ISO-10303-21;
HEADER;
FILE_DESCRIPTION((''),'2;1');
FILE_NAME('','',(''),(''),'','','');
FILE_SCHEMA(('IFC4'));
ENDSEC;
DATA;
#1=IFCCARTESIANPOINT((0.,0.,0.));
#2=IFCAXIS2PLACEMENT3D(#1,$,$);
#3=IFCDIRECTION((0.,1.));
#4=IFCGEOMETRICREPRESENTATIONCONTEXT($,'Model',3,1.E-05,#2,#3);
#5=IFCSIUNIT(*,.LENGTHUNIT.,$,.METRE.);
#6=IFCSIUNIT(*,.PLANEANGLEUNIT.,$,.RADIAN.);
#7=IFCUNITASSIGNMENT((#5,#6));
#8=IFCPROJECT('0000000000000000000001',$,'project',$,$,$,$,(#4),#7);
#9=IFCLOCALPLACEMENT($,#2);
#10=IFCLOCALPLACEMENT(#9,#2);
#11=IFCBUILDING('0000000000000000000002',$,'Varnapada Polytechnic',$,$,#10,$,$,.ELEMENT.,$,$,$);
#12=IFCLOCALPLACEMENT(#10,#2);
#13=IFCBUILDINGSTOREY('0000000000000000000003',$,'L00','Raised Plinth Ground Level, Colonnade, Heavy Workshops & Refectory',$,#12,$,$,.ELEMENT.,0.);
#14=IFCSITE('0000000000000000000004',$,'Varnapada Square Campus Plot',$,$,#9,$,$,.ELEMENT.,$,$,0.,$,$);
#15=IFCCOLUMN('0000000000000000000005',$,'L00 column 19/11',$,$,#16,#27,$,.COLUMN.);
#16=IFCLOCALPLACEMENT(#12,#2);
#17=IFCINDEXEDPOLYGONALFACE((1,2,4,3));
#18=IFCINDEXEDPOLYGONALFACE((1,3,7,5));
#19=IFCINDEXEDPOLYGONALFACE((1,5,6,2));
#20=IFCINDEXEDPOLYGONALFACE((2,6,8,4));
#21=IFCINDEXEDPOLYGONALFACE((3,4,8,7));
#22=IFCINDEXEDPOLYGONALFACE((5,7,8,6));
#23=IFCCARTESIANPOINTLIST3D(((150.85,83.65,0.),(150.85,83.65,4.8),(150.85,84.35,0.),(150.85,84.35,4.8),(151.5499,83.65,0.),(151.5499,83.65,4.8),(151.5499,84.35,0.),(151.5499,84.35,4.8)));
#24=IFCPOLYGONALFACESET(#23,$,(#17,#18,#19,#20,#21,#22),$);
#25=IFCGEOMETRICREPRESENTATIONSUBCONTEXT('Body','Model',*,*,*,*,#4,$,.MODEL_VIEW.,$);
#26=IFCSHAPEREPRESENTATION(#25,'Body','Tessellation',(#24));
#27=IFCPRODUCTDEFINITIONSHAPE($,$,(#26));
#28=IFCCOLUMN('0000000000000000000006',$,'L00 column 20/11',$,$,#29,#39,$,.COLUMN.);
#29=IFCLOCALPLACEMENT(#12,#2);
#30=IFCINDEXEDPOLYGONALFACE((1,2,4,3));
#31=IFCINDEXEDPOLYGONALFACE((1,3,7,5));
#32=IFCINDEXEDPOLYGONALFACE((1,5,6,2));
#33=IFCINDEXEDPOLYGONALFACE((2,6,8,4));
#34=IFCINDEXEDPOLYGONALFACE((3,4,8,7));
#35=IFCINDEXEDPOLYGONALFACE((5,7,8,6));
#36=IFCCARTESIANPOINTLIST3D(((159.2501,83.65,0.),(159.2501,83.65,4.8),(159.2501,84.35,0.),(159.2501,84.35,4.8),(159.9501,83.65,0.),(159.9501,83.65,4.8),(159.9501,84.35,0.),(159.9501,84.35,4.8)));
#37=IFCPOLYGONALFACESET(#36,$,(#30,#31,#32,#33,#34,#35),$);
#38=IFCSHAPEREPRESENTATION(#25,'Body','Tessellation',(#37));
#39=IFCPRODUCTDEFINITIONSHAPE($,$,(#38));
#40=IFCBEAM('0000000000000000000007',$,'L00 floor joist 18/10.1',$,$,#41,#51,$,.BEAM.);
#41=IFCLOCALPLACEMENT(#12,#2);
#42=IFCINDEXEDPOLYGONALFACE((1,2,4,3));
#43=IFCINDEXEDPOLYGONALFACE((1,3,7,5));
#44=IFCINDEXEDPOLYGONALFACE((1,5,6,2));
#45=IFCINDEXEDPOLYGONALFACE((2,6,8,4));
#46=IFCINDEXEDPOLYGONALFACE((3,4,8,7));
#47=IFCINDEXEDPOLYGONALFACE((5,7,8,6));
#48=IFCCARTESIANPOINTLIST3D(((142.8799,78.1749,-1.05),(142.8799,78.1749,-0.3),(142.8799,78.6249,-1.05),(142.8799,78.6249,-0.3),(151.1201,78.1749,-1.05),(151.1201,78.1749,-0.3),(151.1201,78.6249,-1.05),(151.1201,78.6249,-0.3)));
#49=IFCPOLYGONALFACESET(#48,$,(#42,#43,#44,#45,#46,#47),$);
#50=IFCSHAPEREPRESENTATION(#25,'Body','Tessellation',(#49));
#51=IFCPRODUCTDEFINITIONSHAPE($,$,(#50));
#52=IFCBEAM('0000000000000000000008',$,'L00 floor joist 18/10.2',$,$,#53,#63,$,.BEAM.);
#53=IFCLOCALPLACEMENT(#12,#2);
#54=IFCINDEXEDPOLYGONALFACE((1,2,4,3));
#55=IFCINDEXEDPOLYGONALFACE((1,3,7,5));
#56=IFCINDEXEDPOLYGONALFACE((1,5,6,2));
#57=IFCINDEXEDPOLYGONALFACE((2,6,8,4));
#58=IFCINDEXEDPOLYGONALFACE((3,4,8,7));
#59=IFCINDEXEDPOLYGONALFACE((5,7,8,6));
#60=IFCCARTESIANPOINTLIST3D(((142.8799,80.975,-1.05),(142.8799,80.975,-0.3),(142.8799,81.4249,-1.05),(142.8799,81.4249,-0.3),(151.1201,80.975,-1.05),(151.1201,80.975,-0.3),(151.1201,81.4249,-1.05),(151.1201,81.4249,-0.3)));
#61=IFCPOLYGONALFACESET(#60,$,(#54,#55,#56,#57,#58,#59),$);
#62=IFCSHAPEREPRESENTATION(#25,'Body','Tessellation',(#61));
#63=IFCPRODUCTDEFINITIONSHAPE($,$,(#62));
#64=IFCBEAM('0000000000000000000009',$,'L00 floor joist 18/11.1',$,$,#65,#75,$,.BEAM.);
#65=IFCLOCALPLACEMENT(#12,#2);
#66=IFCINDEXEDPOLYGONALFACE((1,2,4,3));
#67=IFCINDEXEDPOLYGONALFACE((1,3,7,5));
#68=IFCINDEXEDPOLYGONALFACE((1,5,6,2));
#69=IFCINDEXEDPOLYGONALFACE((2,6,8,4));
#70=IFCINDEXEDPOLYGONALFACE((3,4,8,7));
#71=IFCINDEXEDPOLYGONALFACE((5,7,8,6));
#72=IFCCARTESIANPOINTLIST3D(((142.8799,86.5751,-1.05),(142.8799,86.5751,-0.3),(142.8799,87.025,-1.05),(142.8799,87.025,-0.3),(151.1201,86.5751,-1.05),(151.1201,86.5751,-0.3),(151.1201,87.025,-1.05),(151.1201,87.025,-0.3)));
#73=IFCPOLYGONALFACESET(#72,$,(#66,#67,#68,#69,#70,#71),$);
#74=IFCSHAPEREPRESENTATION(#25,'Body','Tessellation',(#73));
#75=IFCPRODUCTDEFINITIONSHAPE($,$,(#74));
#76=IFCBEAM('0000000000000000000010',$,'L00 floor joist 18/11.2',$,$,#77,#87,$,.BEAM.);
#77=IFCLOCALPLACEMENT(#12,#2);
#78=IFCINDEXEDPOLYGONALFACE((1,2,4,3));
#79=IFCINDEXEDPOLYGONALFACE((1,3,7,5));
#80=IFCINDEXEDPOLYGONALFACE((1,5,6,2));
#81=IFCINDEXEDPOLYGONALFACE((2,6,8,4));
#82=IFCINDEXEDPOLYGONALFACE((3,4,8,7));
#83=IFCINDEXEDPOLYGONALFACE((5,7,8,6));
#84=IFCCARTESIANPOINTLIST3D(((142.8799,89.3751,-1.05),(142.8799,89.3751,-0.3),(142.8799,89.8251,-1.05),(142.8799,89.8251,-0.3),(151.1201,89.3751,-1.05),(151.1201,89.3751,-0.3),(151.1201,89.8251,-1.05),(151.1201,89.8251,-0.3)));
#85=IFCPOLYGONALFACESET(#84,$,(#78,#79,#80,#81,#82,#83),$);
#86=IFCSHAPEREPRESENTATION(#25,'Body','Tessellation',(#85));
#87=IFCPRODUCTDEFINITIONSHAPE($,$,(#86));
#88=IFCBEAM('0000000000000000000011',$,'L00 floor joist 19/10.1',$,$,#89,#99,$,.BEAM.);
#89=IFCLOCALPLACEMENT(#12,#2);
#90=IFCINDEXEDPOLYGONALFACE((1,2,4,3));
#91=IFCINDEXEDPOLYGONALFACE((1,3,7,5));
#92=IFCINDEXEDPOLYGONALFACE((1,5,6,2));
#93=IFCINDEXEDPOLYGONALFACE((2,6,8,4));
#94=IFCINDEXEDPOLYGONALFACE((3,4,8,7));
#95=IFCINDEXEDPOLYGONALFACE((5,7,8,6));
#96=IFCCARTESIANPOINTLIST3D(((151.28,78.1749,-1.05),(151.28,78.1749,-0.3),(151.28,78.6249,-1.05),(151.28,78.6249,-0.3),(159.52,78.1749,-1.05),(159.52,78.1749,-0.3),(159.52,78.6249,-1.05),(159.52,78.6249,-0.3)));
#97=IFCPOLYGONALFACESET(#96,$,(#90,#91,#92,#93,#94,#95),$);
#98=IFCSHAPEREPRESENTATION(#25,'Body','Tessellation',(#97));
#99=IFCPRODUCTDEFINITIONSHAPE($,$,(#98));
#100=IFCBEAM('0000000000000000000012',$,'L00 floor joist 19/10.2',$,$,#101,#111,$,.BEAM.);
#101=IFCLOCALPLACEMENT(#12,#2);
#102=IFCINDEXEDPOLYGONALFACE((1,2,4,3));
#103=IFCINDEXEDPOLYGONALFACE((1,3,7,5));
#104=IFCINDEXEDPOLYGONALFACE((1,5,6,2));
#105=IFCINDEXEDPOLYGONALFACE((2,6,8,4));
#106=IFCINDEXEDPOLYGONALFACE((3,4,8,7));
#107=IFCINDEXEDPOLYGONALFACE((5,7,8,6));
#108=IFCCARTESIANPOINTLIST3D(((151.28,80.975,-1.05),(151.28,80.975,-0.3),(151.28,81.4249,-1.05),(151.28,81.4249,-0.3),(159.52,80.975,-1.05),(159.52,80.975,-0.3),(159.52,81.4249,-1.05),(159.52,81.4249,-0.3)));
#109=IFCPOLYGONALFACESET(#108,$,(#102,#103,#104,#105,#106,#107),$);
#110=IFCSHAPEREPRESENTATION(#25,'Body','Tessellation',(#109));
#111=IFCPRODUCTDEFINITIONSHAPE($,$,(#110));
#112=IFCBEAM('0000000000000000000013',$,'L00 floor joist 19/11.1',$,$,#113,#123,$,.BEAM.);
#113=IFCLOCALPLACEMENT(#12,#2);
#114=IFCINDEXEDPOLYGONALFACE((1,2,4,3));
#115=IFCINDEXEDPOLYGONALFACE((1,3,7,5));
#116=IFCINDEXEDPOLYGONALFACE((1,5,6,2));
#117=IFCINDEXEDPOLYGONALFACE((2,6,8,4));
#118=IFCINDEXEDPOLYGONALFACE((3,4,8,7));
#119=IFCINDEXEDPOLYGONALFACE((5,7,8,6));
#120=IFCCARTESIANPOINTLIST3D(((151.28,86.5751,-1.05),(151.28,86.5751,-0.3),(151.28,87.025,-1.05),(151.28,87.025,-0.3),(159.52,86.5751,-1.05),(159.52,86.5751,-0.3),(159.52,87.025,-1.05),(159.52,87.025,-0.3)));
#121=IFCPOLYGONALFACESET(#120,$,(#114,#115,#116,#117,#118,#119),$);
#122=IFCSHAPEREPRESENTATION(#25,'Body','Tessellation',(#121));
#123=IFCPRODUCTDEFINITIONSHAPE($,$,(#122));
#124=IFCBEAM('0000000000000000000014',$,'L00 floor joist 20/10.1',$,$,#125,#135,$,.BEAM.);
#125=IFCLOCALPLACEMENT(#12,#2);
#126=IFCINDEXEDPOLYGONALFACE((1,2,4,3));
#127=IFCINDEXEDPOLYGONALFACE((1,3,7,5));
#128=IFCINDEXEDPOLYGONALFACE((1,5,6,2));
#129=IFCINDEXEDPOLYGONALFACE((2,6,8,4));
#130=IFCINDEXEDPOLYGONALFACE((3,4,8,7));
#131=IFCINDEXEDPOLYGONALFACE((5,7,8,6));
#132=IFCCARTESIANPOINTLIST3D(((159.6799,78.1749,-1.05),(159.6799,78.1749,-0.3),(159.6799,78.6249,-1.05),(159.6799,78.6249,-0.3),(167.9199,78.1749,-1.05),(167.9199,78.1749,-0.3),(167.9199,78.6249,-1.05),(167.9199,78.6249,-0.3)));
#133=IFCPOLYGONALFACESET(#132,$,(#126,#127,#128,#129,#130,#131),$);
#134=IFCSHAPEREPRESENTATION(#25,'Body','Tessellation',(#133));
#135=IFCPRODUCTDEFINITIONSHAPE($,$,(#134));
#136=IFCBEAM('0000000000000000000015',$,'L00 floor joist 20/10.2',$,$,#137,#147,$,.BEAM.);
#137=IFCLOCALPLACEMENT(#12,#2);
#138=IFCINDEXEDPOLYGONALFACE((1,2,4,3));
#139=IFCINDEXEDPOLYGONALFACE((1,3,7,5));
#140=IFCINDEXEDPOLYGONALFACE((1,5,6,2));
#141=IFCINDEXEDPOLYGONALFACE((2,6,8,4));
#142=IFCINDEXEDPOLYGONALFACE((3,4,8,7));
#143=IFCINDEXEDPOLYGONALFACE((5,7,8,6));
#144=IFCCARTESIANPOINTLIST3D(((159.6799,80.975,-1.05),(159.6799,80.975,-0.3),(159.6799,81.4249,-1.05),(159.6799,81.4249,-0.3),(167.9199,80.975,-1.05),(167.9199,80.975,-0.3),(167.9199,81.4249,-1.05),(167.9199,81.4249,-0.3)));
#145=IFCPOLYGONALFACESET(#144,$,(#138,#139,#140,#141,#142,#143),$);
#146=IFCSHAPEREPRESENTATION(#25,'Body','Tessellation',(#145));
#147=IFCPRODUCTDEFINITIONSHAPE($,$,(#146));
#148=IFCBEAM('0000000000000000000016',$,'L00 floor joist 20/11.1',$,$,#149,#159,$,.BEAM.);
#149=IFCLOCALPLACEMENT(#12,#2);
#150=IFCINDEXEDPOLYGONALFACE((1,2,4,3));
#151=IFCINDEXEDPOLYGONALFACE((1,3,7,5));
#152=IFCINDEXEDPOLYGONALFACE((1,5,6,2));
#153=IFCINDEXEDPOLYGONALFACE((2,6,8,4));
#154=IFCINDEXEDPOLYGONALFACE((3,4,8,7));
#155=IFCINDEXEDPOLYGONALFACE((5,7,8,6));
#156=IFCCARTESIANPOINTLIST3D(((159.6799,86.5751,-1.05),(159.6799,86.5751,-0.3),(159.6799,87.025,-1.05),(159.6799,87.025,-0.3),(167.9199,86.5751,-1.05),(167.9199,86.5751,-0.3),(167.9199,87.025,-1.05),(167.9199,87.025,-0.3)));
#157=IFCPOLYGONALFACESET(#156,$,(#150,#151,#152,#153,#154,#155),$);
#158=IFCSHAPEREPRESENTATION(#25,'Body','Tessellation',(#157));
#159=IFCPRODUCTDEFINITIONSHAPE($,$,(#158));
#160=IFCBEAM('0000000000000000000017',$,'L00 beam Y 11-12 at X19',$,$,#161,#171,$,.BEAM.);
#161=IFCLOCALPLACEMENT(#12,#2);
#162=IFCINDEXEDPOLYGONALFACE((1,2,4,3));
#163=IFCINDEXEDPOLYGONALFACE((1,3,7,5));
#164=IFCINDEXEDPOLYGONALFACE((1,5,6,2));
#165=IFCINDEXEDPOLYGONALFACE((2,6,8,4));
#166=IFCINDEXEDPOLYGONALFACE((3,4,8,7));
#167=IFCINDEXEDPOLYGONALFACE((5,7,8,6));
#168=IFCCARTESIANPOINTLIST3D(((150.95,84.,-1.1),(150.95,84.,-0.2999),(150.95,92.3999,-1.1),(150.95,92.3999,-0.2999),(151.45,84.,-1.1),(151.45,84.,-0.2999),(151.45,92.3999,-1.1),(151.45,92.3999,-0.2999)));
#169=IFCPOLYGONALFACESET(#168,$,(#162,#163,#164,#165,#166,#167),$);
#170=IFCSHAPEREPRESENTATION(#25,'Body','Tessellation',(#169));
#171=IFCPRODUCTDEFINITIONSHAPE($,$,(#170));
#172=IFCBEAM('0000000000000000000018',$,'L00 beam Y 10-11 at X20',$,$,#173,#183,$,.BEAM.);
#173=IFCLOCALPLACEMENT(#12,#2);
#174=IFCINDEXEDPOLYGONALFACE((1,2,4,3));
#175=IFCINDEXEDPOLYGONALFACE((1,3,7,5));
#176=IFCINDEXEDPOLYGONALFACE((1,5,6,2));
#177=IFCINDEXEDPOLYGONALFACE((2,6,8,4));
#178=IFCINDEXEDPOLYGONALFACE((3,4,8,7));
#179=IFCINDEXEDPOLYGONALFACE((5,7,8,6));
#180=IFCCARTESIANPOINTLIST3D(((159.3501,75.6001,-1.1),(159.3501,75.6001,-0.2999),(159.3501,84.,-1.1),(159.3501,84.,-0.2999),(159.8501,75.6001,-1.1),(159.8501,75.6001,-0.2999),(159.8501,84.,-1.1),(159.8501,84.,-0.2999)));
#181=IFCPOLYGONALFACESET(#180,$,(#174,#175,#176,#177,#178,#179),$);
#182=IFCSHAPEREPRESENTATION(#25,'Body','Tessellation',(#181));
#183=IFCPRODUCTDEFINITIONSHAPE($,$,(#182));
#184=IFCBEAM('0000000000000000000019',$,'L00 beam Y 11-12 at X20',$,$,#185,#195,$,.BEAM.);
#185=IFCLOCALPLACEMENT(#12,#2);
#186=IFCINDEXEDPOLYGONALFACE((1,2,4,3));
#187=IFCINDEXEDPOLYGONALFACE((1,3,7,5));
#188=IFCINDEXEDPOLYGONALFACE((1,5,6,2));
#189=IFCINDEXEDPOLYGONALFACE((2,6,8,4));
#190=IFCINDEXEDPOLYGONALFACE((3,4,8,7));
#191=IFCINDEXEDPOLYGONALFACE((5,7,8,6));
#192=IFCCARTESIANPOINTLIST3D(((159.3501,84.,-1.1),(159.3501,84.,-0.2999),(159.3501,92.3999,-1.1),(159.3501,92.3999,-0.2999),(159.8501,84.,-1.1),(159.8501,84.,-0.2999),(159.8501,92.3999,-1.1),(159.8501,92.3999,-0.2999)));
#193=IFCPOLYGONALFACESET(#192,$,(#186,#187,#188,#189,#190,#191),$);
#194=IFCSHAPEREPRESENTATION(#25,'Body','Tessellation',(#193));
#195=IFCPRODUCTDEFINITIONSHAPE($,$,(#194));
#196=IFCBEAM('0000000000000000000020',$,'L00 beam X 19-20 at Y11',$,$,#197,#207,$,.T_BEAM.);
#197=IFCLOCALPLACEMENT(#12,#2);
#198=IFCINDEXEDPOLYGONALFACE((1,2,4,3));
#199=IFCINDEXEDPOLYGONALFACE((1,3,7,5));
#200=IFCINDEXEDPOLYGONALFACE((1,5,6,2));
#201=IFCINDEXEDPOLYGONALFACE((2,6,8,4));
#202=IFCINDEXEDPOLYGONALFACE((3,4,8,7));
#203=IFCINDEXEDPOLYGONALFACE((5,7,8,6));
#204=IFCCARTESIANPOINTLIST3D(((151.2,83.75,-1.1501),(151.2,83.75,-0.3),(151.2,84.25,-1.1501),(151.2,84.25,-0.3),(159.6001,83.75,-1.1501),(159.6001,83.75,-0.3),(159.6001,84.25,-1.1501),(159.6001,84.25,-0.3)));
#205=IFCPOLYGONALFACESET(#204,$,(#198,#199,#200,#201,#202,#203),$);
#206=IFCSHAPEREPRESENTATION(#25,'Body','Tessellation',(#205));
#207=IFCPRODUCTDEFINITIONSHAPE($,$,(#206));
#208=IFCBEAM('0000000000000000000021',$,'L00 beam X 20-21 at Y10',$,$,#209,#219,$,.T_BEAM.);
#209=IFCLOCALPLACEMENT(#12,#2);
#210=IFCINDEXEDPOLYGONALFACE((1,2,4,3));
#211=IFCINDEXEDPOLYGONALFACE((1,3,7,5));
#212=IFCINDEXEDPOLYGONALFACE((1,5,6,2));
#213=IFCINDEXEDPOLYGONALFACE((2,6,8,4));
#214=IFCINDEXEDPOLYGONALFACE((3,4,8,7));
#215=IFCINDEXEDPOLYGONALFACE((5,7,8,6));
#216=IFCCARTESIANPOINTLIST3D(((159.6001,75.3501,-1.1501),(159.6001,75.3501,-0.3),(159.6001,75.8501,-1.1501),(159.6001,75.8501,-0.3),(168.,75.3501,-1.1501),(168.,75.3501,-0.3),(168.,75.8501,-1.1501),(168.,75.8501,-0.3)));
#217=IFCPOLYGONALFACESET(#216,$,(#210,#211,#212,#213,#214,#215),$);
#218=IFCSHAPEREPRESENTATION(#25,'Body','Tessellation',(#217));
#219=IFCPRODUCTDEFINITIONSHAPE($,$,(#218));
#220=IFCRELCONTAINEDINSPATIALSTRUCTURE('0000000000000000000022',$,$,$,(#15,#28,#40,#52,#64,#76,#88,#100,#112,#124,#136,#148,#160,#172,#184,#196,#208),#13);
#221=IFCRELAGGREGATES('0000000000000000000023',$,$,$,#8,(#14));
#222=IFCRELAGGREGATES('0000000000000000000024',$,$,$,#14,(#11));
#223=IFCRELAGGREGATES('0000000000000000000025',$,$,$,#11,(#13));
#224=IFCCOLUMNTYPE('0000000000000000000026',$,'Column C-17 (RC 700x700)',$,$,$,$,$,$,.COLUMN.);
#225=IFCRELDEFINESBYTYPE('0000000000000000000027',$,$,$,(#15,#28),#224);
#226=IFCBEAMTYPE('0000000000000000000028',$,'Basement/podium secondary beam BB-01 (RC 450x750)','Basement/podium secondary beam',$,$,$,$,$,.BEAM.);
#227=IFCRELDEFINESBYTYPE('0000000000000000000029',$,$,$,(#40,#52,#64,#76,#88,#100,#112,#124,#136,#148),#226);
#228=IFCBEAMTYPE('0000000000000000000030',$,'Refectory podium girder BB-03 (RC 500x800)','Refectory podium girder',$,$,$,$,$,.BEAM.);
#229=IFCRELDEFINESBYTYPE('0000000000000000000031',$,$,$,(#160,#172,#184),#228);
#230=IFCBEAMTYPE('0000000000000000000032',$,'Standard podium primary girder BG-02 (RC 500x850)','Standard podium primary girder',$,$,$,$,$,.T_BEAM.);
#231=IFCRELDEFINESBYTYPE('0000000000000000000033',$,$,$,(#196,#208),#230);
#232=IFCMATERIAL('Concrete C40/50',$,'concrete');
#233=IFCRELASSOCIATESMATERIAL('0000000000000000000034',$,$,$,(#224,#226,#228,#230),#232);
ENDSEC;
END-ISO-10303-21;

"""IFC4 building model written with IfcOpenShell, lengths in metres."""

from ifc_helpers import new_model, si_unit, direction, frame, origin, origin_2d, place, context, subcontext, project, spatial, rectangle, extrude, material, material_profile, profile_set, type_object, element, save


model = new_model("IFC4")

# Units and contexts
model_context = context("Model", 3, precision=1e-05, world=origin(), true_north=direction((0.0, 1.0)))
body_context = subcontext(model_context, "Body", "Model", "MODEL_VIEW")
ifc_project = project(units=[si_unit("LENGTHUNIT", "METRE"), si_unit("PLANEANGLEUNIT", "RADIAN")], contexts=[model_context])

# Site, building, storey
site_placement = place(None, origin())
site = spatial("IfcSite", under=ifc_project, at=site_placement, Name="Varnapada Square Campus Plot", CompositionType="ELEMENT", RefElevation=0.0)
building_placement = place(site_placement, origin())
building = spatial("IfcBuilding", under=site, at=building_placement, Name="Varnapada Polytechnic", CompositionType="ELEMENT")
storey_placement = place(building_placement, origin())
storey = spatial("IfcBuildingStorey", under=building, at=storey_placement, Name="L00", Description="Raised Plinth Ground Level, Colonnade, Heavy Workshops & Refectory", CompositionType="ELEMENT", Elevation=0.0)

# Columns
ifc_material_1 = material(Name="Concrete C40/50", Category="concrete")
ifc_material_profile_1 = material_profile(ifc_material_1, rectangle(XDim=0.7, YDim=0.7, at=origin_2d()), Name="RC 700x700")
ifc_profile_set_1 = profile_set([ifc_material_profile_1], Name="Concrete C40/50")
column_type = type_object("IfcColumnType", Name="Column C-17 (RC 700x700)", PredefinedType="COLUMN", material=ifc_profile_set_1)
for number, where, z_axis, x_axis, name in (
    (1, (151.2, 84.0, 0.0), (0.0, 0.0, 1.0), (1.0, 0.0, 0.0), "L00 column 19/11"),
    (2, (159.6001, 84.0, 0.0), (0.0, 0.0, 1.0), (1.0, 0.0, 0.0), "L00 column 20/11"),
):
    element("IfcColumn", number, at=place(storey_placement, frame(where, z_axis=z_axis, x_axis=x_axis)), inside=storey, type_object=column_type, Name=name, PredefinedType="COLUMN", context=body_context, shape_type="SweptSolid", body=[
        extrude(rectangle(XDim=0.7, YDim=0.7, at=origin_2d()), origin(), (0.0, 0.0, 1.0), 4.8),
    ])

# Beams
ifc_material_profile_2 = material_profile(ifc_material_1, rectangle(XDim=0.45, YDim=0.75, at=origin_2d()), Name="RC 450x750")
ifc_profile_set_2 = profile_set([ifc_material_profile_2], Name="Concrete C40/50")
beam_type_1 = type_object("IfcBeamType", Name="Basement/podium secondary beam BB-01 (RC 450x750)", Description="Basement/podium secondary beam", PredefinedType="BEAM", material=ifc_profile_set_2)
for number, where, z_axis, x_axis, name in (
    (3, (142.8799, 78.3999, -0.675), (1.0, 0.0, 0.0), (0.0, 1.0, 0.0), "L00 floor joist 18/10.1"),
    (4, (142.8799, 81.2, -0.675), (1.0, 0.0, 0.0), (0.0, 1.0, 0.0), "L00 floor joist 18/10.2"),
    (5, (142.8799, 86.8, -0.675), (1.0, 0.0, 0.0), (0.0, 1.0, 0.0), "L00 floor joist 18/11.1"),
    (6, (142.8799, 89.6001, -0.675), (1.0, 0.0, 0.0), (0.0, 1.0, 0.0), "L00 floor joist 18/11.2"),
):
    element("IfcBeam", number, at=place(storey_placement, frame(where, z_axis=z_axis, x_axis=x_axis)), inside=storey, type_object=beam_type_1, Name=name, PredefinedType="BEAM", context=body_context, shape_type="SweptSolid", body=[
        extrude(rectangle(XDim=0.45, YDim=0.75, at=origin_2d()), origin(), (0.0, 0.0, 1.0), 8.2402),
    ])
for number, where, z_axis, x_axis, name in (
    (7, (151.28, 78.3999, -0.675), (1.0, 0.0, 0.0), (0.0, 1.0, 0.0), "L00 floor joist 19/10.1"),
    (8, (151.28, 81.2, -0.675), (1.0, 0.0, 0.0), (0.0, 1.0, 0.0), "L00 floor joist 19/10.2"),
    (9, (151.28, 86.8, -0.675), (1.0, 0.0, 0.0), (0.0, 1.0, 0.0), "L00 floor joist 19/11.1"),
    (10, (159.6799, 78.3999, -0.675), (1.0, 0.0, 0.0), (0.0, 1.0, 0.0), "L00 floor joist 20/10.1"),
    (11, (159.6799, 81.2, -0.675), (1.0, 0.0, 0.0), (0.0, 1.0, 0.0), "L00 floor joist 20/10.2"),
    (12, (159.6799, 86.8, -0.675), (1.0, 0.0, 0.0), (0.0, 1.0, 0.0), "L00 floor joist 20/11.1"),
):
    element("IfcBeam", number, at=place(storey_placement, frame(where, z_axis=z_axis, x_axis=x_axis)), inside=storey, type_object=beam_type_1, Name=name, PredefinedType="BEAM", context=body_context, shape_type="SweptSolid", body=[
        extrude(rectangle(XDim=0.45, YDim=0.75, at=origin_2d()), origin(), (0.0, 0.0, 1.0), 8.24),
    ])
ifc_material_profile_3 = material_profile(ifc_material_1, rectangle(XDim=0.5, YDim=0.8, at=origin_2d()), Name="RC 500x800")
ifc_profile_set_3 = profile_set([ifc_material_profile_3], Name="Concrete C40/50")
beam_type_2 = type_object("IfcBeamType", Name="Refectory podium girder BB-03 (RC 500x800)", Description="Refectory podium girder", PredefinedType="BEAM", material=ifc_profile_set_3)
for number, where, z_axis, x_axis, name in (
    (13, (151.2, 84.0, -0.7), (0.0, 1.0, 0.0), (-1.0, 0.0, 0.0), "L00 beam Y 11-12 at X19"),
    (14, (159.6001, 75.6001, -0.7), (0.0, 1.0, 0.0), (-1.0, 0.0, 0.0), "L00 beam Y 10-11 at X20"),
    (15, (159.6001, 84.0, -0.7), (0.0, 1.0, 0.0), (-1.0, 0.0, 0.0), "L00 beam Y 11-12 at X20"),
):
    element("IfcBeam", number, at=place(storey_placement, frame(where, z_axis=z_axis, x_axis=x_axis)), inside=storey, type_object=beam_type_2, Name=name, PredefinedType="BEAM", context=body_context, shape_type="SweptSolid", body=[
        extrude(rectangle(XDim=0.5, YDim=0.8, at=origin_2d()), origin(), (0.0, 0.0, 1.0), 8.3999),
    ])
ifc_material_profile_4 = material_profile(ifc_material_1, rectangle(XDim=0.5, YDim=0.8501, at=origin_2d()), Name="RC 500x850")
ifc_profile_set_4 = profile_set([ifc_material_profile_4], Name="Concrete C40/50")
beam_type_3 = type_object("IfcBeamType", Name="Standard podium primary girder BG-02 (RC 500x850)", Description="Standard podium primary girder", PredefinedType="T_BEAM", material=ifc_profile_set_4)
beam_placement = place(storey_placement, frame((151.2, 84.0, -0.7251), z_axis=(1.0, 0.0, 0.0), x_axis=(0.0, 1.0, 0.0)))
element("IfcBeam", 16, at=beam_placement, inside=storey, type_object=beam_type_3, Name="L00 beam X 19-20 at Y11", PredefinedType="T_BEAM", context=body_context, shape_type="SweptSolid", body=[
    extrude(rectangle(XDim=0.5, YDim=0.8501, at=origin_2d()), origin(), (0.0, 0.0, 1.0), 8.4001),
])
for number, where, z_axis, x_axis, name in (
    (17, (159.6001, 75.6001, -0.7251), (1.0, 0.0, 0.0), (0.0, 1.0, 0.0), "L00 beam X 20-21 at Y10"),
):
    element("IfcBeam", number, at=place(storey_placement, frame(where, z_axis=z_axis, x_axis=x_axis)), inside=storey, type_object=beam_type_3, Name=name, PredefinedType="T_BEAM", context=body_context, shape_type="SweptSolid", body=[
        extrude(rectangle(XDim=0.5, YDim=0.8501, at=origin_2d()), origin(), (0.0, 0.0, 1.0), 8.3999),
    ])

save(model, "model.ifc")
